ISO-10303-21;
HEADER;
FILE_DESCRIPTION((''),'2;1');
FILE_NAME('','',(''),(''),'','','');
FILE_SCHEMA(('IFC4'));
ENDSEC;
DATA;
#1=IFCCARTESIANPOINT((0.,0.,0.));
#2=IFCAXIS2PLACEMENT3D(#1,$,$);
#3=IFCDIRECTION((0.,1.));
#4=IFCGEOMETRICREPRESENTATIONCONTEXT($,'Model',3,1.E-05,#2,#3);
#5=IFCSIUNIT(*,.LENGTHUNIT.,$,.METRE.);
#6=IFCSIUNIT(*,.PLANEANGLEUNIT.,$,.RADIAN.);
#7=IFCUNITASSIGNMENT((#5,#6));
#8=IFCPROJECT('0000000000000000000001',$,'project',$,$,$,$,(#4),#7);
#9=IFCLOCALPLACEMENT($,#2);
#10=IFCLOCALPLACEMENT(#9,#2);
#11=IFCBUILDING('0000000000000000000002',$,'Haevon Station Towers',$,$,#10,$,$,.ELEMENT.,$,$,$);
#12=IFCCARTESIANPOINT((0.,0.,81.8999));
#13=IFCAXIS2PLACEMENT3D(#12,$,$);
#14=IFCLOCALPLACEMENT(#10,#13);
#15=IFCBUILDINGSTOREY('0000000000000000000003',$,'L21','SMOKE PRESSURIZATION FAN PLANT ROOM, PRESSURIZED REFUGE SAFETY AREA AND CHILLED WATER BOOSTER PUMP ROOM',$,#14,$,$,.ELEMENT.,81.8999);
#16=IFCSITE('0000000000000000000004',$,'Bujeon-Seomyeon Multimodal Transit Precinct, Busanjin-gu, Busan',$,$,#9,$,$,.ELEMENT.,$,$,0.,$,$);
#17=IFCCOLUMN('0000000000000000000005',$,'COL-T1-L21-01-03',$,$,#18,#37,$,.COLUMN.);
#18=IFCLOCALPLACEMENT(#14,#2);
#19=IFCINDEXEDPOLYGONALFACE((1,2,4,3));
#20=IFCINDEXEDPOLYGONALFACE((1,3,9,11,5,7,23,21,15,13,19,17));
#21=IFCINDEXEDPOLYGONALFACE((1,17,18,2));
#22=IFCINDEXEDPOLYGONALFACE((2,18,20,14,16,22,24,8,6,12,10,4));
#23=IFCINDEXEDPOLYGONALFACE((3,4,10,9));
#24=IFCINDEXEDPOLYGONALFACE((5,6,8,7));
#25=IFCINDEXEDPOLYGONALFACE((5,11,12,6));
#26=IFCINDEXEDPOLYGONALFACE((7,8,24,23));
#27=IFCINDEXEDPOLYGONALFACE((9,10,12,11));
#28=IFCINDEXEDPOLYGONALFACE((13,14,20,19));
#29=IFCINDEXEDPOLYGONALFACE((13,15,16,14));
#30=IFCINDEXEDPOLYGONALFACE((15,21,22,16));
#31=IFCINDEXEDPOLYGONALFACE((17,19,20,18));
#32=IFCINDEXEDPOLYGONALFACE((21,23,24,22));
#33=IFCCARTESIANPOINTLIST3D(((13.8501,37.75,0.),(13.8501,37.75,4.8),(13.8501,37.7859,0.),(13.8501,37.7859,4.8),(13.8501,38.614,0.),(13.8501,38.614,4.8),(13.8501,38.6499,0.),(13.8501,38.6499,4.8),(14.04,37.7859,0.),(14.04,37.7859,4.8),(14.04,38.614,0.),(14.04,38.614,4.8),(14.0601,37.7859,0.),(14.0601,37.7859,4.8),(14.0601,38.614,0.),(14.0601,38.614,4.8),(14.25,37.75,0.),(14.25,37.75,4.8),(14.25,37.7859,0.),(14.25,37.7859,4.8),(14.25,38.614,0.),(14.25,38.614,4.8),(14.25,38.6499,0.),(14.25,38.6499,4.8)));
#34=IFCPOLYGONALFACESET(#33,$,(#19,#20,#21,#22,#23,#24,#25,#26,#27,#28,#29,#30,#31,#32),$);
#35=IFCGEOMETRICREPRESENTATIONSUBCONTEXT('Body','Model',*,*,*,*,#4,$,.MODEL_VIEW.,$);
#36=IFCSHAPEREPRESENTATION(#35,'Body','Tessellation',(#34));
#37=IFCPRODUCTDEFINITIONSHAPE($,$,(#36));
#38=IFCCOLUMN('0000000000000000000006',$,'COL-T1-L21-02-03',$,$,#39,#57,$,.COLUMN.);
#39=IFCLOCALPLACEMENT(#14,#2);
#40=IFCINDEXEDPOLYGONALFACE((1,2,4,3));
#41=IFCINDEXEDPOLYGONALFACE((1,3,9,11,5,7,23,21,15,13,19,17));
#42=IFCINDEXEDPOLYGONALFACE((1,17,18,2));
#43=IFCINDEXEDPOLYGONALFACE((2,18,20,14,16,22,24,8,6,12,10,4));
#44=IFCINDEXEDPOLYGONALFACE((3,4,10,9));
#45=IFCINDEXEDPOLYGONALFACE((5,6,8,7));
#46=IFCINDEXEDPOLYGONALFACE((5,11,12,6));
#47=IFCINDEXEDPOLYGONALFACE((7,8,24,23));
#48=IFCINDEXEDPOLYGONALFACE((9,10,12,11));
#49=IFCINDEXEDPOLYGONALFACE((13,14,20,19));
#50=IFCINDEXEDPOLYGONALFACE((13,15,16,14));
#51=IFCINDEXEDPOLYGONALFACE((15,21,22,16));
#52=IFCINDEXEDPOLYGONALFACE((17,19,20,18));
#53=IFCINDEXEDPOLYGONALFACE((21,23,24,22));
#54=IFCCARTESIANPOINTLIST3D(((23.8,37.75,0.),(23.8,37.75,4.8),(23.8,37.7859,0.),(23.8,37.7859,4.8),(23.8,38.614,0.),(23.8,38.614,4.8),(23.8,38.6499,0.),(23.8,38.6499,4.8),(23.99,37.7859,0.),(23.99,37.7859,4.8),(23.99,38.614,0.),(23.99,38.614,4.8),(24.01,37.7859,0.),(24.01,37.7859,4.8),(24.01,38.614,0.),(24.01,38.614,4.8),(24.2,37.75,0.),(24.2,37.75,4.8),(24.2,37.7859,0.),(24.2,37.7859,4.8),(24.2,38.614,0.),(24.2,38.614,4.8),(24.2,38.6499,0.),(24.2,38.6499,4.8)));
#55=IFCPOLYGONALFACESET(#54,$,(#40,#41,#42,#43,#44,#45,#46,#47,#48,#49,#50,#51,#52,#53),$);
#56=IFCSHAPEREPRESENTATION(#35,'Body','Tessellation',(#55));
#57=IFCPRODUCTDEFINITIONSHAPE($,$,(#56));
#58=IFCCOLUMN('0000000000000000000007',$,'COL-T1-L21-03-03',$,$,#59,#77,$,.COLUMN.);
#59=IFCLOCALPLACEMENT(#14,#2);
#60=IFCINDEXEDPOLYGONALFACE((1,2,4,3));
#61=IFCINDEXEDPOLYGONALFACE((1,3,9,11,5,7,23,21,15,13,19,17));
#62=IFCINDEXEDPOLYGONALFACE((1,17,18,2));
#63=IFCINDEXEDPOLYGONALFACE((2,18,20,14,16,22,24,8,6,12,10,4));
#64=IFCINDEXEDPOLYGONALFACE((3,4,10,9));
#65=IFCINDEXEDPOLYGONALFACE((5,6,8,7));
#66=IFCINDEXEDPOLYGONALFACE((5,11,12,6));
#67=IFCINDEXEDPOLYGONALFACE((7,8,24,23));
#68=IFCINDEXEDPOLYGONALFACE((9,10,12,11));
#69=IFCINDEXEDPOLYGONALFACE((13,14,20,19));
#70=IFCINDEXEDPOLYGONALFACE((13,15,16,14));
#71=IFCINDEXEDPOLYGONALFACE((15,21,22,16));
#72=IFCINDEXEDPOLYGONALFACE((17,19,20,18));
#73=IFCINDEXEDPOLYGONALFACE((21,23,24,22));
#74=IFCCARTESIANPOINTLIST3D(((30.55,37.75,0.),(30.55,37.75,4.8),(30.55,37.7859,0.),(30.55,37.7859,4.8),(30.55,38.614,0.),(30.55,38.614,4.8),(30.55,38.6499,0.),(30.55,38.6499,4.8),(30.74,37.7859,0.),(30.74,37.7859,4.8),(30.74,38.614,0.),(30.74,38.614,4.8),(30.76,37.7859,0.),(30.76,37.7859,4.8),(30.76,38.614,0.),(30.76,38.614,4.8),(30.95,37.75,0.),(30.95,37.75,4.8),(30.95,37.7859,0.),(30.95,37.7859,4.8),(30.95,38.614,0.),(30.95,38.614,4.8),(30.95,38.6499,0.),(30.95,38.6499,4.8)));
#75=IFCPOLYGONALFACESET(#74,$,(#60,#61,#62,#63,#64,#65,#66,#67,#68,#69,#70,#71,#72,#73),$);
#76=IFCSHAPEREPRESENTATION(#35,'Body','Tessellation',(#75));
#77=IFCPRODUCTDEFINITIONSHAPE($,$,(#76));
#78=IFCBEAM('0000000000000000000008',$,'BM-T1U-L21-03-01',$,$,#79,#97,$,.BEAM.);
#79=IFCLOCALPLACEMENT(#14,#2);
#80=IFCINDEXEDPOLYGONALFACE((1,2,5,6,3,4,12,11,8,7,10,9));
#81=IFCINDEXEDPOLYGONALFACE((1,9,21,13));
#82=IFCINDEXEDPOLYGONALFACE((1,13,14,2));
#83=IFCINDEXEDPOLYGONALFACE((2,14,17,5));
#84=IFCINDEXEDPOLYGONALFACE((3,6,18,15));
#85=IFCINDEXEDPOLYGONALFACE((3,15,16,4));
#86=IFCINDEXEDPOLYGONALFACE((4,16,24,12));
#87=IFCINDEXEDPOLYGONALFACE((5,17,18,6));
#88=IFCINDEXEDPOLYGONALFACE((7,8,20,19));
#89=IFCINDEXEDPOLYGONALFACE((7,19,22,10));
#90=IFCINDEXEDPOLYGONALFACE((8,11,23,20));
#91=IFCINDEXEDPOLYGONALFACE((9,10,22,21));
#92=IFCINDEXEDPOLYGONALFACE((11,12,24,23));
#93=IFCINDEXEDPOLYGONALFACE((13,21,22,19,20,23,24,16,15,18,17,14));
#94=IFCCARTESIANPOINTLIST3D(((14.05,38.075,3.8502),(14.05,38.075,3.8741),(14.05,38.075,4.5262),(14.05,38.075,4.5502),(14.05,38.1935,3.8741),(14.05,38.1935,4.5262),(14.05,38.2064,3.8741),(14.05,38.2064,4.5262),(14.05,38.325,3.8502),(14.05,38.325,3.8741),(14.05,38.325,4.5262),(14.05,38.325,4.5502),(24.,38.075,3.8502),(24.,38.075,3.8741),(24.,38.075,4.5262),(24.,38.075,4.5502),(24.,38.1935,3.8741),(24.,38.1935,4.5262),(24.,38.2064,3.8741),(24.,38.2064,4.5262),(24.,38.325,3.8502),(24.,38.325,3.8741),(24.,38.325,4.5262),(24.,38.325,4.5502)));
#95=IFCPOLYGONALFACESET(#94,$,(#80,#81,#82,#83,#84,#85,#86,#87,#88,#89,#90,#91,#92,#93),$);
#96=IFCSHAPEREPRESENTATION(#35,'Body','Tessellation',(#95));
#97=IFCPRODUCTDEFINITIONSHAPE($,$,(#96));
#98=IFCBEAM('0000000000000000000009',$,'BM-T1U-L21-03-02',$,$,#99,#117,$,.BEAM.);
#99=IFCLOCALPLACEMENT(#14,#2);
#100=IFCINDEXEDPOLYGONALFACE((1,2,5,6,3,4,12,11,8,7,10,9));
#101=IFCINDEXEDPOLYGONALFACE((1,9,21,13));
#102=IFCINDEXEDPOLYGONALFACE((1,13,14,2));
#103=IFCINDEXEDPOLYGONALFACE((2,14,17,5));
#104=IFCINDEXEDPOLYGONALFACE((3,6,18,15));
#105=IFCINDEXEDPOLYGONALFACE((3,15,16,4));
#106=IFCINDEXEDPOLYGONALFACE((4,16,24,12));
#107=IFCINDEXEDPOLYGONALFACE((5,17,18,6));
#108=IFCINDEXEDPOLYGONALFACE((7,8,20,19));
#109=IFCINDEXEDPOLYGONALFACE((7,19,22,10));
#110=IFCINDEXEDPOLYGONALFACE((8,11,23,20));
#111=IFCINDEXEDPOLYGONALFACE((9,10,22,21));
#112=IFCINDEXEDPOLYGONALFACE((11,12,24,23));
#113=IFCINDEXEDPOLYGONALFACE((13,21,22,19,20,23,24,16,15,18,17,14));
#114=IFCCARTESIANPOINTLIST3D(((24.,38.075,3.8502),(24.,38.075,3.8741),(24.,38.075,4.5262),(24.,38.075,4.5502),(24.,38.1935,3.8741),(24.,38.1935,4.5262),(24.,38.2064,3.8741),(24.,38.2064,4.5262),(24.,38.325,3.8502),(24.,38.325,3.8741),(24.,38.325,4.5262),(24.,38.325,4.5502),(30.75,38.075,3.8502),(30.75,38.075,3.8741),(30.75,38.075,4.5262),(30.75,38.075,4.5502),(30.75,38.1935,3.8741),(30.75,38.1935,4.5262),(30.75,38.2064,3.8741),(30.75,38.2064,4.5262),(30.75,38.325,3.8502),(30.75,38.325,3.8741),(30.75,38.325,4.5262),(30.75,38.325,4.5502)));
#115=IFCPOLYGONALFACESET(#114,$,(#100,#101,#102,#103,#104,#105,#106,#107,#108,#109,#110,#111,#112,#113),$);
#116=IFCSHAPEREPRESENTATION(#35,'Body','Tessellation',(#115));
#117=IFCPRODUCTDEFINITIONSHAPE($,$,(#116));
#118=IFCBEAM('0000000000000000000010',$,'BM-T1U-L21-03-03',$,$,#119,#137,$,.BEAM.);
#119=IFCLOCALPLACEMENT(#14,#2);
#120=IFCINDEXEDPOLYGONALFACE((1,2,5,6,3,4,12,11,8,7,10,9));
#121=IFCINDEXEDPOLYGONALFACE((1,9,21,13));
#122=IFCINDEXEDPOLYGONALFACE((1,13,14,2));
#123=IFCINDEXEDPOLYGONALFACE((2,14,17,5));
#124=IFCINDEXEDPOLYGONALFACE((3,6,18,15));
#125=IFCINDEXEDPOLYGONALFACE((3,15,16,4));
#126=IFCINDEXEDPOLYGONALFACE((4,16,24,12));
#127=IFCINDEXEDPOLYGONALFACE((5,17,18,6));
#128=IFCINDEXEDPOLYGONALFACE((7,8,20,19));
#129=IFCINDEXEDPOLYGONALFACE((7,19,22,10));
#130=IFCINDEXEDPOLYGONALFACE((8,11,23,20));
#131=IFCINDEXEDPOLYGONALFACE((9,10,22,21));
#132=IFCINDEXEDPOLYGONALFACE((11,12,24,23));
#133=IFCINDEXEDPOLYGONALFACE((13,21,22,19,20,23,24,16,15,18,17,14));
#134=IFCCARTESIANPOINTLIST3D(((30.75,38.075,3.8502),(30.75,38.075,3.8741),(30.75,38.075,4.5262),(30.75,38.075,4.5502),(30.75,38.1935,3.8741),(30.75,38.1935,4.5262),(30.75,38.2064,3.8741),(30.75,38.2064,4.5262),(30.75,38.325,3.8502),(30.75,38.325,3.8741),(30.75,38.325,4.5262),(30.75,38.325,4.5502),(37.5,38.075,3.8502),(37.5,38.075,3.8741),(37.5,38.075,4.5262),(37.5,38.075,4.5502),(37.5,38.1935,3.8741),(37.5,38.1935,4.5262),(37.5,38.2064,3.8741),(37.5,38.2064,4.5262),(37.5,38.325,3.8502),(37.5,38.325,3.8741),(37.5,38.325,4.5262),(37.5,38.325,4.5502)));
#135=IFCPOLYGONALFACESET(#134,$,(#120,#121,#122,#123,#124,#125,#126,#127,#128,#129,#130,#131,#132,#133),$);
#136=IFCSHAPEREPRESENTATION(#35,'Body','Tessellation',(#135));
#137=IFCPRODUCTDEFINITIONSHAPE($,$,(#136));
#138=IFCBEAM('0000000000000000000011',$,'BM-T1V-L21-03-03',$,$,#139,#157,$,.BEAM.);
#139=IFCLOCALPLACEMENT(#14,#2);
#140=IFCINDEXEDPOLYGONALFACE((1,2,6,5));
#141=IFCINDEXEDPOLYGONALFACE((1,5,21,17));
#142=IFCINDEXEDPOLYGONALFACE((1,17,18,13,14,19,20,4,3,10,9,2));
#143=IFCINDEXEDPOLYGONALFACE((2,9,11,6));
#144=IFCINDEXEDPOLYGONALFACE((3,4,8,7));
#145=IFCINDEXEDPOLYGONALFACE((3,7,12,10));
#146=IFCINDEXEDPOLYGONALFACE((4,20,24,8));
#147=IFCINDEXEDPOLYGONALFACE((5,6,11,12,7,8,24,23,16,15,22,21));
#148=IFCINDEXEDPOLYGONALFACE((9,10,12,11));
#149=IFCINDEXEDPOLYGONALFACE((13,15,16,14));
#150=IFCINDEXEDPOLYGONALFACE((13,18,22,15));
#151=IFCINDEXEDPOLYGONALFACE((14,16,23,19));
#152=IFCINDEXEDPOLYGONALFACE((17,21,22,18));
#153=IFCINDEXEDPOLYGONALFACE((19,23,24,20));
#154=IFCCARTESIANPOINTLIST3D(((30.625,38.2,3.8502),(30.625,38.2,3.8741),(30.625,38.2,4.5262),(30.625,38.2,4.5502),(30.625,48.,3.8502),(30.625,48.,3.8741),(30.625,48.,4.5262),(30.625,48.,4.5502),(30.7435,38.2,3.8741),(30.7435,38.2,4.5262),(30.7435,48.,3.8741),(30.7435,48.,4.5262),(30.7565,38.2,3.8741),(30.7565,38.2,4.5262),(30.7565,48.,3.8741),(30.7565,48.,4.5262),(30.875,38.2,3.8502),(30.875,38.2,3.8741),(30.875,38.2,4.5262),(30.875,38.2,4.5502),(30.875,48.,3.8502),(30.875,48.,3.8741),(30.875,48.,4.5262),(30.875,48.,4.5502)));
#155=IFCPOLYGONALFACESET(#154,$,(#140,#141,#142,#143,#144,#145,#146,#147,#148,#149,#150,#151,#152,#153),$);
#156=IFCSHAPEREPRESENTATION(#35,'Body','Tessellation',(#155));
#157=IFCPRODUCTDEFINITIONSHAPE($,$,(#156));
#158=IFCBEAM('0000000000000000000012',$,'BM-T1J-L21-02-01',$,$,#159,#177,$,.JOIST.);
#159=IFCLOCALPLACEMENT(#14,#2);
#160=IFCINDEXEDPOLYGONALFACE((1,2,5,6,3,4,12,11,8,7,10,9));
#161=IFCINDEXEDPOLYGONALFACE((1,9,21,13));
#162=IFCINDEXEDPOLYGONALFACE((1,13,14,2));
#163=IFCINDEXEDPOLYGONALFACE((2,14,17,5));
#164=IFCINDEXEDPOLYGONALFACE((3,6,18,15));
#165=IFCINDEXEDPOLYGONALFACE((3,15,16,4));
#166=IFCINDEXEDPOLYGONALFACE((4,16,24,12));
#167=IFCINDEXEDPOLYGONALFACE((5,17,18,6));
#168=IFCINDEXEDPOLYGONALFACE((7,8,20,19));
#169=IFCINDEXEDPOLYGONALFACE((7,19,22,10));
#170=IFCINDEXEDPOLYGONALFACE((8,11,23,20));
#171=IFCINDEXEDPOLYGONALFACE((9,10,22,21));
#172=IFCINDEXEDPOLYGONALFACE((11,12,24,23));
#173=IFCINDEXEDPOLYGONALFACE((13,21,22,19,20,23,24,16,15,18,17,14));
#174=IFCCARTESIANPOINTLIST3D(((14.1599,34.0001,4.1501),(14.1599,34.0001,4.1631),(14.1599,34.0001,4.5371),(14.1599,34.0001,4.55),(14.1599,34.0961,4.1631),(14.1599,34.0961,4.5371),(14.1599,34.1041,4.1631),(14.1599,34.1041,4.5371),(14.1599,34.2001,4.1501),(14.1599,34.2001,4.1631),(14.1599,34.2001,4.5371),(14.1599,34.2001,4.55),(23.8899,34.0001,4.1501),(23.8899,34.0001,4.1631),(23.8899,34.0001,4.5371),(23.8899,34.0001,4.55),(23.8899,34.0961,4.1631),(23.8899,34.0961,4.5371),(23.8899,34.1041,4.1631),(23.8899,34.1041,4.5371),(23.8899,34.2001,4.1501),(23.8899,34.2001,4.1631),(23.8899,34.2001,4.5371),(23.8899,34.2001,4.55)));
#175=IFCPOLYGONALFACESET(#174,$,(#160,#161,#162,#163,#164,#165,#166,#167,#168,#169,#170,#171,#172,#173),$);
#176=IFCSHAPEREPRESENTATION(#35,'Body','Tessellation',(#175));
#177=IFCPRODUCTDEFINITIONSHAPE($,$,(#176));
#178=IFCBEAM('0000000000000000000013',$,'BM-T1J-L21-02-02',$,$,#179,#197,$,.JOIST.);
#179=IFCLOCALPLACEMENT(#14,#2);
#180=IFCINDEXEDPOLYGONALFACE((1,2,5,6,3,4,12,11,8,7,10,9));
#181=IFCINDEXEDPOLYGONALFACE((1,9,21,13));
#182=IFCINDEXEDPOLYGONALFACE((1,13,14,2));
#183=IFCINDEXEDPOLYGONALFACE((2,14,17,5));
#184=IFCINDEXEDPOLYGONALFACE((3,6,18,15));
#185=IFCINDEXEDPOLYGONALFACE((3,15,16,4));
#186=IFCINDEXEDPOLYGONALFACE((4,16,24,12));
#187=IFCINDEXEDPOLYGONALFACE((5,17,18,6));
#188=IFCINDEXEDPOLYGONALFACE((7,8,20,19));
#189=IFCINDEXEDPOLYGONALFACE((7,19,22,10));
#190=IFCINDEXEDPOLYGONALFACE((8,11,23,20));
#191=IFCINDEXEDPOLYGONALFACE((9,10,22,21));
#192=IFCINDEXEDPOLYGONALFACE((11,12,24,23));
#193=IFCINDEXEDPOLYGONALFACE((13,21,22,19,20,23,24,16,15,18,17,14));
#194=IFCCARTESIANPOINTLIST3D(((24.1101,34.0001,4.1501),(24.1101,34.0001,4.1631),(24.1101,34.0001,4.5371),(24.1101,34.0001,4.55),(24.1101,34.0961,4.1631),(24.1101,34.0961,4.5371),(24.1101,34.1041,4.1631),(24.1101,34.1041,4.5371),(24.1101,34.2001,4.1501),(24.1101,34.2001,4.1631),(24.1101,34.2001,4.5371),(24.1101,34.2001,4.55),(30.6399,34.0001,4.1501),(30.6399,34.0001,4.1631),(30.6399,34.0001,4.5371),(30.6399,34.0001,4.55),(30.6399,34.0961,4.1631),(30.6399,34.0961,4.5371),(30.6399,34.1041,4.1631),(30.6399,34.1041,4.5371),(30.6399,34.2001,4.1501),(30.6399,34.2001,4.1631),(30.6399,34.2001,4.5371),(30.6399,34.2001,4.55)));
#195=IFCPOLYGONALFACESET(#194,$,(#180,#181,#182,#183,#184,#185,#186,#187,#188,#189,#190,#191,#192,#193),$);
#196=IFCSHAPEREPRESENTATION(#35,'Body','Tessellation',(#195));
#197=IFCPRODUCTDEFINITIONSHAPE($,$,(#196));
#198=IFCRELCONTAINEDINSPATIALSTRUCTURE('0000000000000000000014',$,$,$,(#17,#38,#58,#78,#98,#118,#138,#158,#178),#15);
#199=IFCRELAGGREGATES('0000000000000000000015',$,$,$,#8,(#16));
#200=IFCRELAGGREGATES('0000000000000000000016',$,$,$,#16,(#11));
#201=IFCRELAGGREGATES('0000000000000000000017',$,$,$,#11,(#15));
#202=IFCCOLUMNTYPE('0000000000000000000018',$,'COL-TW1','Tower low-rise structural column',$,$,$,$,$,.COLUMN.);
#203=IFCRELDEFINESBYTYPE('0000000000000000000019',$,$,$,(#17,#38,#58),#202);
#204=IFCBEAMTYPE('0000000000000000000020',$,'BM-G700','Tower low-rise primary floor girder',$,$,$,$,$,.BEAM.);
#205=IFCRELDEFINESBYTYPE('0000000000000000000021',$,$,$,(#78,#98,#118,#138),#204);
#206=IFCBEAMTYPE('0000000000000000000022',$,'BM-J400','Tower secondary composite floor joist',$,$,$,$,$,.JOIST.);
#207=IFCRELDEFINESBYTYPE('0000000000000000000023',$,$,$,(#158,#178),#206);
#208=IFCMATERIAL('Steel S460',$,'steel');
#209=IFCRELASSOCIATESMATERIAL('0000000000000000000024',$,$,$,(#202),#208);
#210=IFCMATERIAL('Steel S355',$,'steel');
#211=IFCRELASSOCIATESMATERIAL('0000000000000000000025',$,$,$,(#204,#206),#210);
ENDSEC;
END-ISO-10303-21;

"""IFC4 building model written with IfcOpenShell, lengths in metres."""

from ifc_helpers import new_model, si_unit, direction, frame, origin, origin_2d, place, context, subcontext, project, spatial, i_section, extrude, material, material_profile, profile_set, type_object, element, save


model = new_model("IFC4")

# Units and contexts
model_context = context("Model", 3, precision=1e-05, world=origin(), true_north=direction((0.0, 1.0)))
body_context = subcontext(model_context, "Body", "Model", "MODEL_VIEW")
ifc_project = project(units=[si_unit("LENGTHUNIT", "METRE"), si_unit("PLANEANGLEUNIT", "RADIAN")], contexts=[model_context])

# Site, building, storey
site_placement = place(None, origin())
site = spatial("IfcSite", under=ifc_project, at=site_placement, Name="Bujeon-Seomyeon Multimodal Transit Precinct, Busanjin-gu, Busan", CompositionType="ELEMENT", RefElevation=0.0)
building_placement = place(site_placement, origin())
building = spatial("IfcBuilding", under=site, at=building_placement, Name="Haevon Station Towers", CompositionType="ELEMENT")
storey_placement = place(building_placement, frame((0.0, 0.0, 81.8999)))
storey = spatial("IfcBuildingStorey", under=building, at=storey_placement, Name="L21", Description="SMOKE PRESSURIZATION FAN PLANT ROOM, PRESSURIZED REFUGE SAFETY AREA AND CHILLED WATER BOOSTER PUMP ROOM", CompositionType="ELEMENT", Elevation=81.8999)

# Columns
ifc_material_1 = material(Name="Steel S460", Category="steel")
ifc_material_profile_1 = material_profile(ifc_material_1, i_section(OverallWidth=0.3999, OverallDepth=0.8999, WebThickness=0.02, FlangeThickness=0.0359, at=origin_2d()), Name="H-900x400x20x36")
ifc_profile_set_1 = profile_set([ifc_material_profile_1], Name="Steel S460")
column_type = type_object("IfcColumnType", Name="COL-TW1", Description="Tower low-rise structural column", PredefinedType="COLUMN", material=ifc_profile_set_1)
for number, where, z_axis, x_axis, name in (
    (1, (14.05, 38.2, 0.0), (0.0, 0.0, 1.0), (1.0, 0.0, 0.0), "COL-T1-L21-01-03"),
    (2, (24.0, 38.2, 0.0), (0.0, 0.0, 1.0), (1.0, 0.0, 0.0), "COL-T1-L21-02-03"),
    (3, (30.75, 38.2, 0.0), (0.0, 0.0, 1.0), (1.0, 0.0, 0.0), "COL-T1-L21-03-03"),
):
    element("IfcColumn", number, at=place(storey_placement, frame(where, z_axis=z_axis, x_axis=x_axis)), inside=storey, type_object=column_type, Name=name, PredefinedType="COLUMN", context=body_context, shape_type="SweptSolid", body=[
        extrude(i_section(OverallWidth=0.3999, OverallDepth=0.8999, WebThickness=0.02, FlangeThickness=0.0359, at=origin_2d()), origin(), (0.0, 0.0, 1.0), 4.8),
    ])

# Beams
ifc_material_2 = material(Name="Steel S355", Category="steel")
ifc_material_profile_2 = material_profile(ifc_material_2, i_section(OverallWidth=0.25, OverallDepth=0.7, WebThickness=0.0129, FlangeThickness=0.0239, at=origin_2d()), Name="H-700x250x13x24")
ifc_profile_set_2 = profile_set([ifc_material_profile_2], Name="Steel S355")
beam_type_1 = type_object("IfcBeamType", Name="BM-G700", Description="Tower low-rise primary floor girder", PredefinedType="BEAM", material=ifc_profile_set_2)
beam_1_placement = place(storey_placement, frame((14.05, 38.2, 4.2002), z_axis=(1.0, 0.0, 0.0), x_axis=(0.0, 1.0, 0.0)))
element("IfcBeam", 4, at=beam_1_placement, inside=storey, type_object=beam_type_1, Name="BM-T1U-L21-03-01", PredefinedType="BEAM", context=body_context, shape_type="SweptSolid", body=[
    extrude(i_section(OverallWidth=0.25, OverallDepth=0.7, WebThickness=0.0129, FlangeThickness=0.0239, at=origin_2d()), origin(), (0.0, 0.0, 1.0), 9.95),
])
for number, where, z_axis, x_axis, name in (
    (5, (24.0, 38.2, 4.2002), (1.0, 0.0, 0.0), (0.0, 1.0, 0.0), "BM-T1U-L21-03-02"),
    (6, (30.75, 38.2, 4.2002), (1.0, 0.0, 0.0), (0.0, 1.0, 0.0), "BM-T1U-L21-03-03"),
):
    element("IfcBeam", number, at=place(storey_placement, frame(where, z_axis=z_axis, x_axis=x_axis)), inside=storey, type_object=beam_type_1, Name=name, PredefinedType="BEAM", context=body_context, shape_type="SweptSolid", body=[
        extrude(i_section(OverallWidth=0.25, OverallDepth=0.7, WebThickness=0.0129, FlangeThickness=0.0239, at=origin_2d()), origin(), (0.0, 0.0, 1.0), 6.75),
    ])
beam_2_placement = place(storey_placement, frame((30.75, 38.2, 4.2002), z_axis=(0.0, 1.0, 0.0), x_axis=(-1.0, 0.0, 0.0)))
element("IfcBeam", 7, at=beam_2_placement, inside=storey, type_object=beam_type_1, Name="BM-T1V-L21-03-03", PredefinedType="BEAM", context=body_context, shape_type="SweptSolid", body=[
    extrude(i_section(OverallWidth=0.25, OverallDepth=0.7, WebThickness=0.0129, FlangeThickness=0.0239, at=origin_2d()), origin(), (0.0, 0.0, 1.0), 9.8),
])
ifc_material_profile_3 = material_profile(ifc_material_2, i_section(OverallWidth=0.2, OverallDepth=0.3999, WebThickness=0.0081, FlangeThickness=0.0129, at=origin_2d()), Name="H-400x200x8x13")
ifc_profile_set_3 = profile_set([ifc_material_profile_3], Name="Steel S355")
beam_type_2 = type_object("IfcBeamType", Name="BM-J400", Description="Tower secondary composite floor joist", PredefinedType="JOIST", material=ifc_profile_set_3)
beam_3_placement = place(storey_placement, frame((14.1599, 34.1001, 4.3501), z_axis=(1.0, 0.0, 0.0), x_axis=(0.0, 1.0, 0.0)))
element("IfcBeam", 8, at=beam_3_placement, inside=storey, type_object=beam_type_2, Name="BM-T1J-L21-02-01", PredefinedType="JOIST", context=body_context, shape_type="SweptSolid", body=[
    extrude(i_section(OverallWidth=0.2, OverallDepth=0.3999, WebThickness=0.0081, FlangeThickness=0.0129, at=origin_2d()), origin(), (0.0, 0.0, 1.0), 9.73),
])
beam_4_placement = place(storey_placement, frame((24.1101, 34.1001, 4.3501), z_axis=(1.0, 0.0, 0.0), x_axis=(0.0, 1.0, 0.0)))
element("IfcBeam", 9, at=beam_4_placement, inside=storey, type_object=beam_type_2, Name="BM-T1J-L21-02-02", PredefinedType="JOIST", context=body_context, shape_type="SweptSolid", body=[
    extrude(i_section(OverallWidth=0.2, OverallDepth=0.3999, WebThickness=0.0081, FlangeThickness=0.0129, at=origin_2d()), origin(), (0.0, 0.0, 1.0), 6.5298),
])

save(model, "model.ifc")
